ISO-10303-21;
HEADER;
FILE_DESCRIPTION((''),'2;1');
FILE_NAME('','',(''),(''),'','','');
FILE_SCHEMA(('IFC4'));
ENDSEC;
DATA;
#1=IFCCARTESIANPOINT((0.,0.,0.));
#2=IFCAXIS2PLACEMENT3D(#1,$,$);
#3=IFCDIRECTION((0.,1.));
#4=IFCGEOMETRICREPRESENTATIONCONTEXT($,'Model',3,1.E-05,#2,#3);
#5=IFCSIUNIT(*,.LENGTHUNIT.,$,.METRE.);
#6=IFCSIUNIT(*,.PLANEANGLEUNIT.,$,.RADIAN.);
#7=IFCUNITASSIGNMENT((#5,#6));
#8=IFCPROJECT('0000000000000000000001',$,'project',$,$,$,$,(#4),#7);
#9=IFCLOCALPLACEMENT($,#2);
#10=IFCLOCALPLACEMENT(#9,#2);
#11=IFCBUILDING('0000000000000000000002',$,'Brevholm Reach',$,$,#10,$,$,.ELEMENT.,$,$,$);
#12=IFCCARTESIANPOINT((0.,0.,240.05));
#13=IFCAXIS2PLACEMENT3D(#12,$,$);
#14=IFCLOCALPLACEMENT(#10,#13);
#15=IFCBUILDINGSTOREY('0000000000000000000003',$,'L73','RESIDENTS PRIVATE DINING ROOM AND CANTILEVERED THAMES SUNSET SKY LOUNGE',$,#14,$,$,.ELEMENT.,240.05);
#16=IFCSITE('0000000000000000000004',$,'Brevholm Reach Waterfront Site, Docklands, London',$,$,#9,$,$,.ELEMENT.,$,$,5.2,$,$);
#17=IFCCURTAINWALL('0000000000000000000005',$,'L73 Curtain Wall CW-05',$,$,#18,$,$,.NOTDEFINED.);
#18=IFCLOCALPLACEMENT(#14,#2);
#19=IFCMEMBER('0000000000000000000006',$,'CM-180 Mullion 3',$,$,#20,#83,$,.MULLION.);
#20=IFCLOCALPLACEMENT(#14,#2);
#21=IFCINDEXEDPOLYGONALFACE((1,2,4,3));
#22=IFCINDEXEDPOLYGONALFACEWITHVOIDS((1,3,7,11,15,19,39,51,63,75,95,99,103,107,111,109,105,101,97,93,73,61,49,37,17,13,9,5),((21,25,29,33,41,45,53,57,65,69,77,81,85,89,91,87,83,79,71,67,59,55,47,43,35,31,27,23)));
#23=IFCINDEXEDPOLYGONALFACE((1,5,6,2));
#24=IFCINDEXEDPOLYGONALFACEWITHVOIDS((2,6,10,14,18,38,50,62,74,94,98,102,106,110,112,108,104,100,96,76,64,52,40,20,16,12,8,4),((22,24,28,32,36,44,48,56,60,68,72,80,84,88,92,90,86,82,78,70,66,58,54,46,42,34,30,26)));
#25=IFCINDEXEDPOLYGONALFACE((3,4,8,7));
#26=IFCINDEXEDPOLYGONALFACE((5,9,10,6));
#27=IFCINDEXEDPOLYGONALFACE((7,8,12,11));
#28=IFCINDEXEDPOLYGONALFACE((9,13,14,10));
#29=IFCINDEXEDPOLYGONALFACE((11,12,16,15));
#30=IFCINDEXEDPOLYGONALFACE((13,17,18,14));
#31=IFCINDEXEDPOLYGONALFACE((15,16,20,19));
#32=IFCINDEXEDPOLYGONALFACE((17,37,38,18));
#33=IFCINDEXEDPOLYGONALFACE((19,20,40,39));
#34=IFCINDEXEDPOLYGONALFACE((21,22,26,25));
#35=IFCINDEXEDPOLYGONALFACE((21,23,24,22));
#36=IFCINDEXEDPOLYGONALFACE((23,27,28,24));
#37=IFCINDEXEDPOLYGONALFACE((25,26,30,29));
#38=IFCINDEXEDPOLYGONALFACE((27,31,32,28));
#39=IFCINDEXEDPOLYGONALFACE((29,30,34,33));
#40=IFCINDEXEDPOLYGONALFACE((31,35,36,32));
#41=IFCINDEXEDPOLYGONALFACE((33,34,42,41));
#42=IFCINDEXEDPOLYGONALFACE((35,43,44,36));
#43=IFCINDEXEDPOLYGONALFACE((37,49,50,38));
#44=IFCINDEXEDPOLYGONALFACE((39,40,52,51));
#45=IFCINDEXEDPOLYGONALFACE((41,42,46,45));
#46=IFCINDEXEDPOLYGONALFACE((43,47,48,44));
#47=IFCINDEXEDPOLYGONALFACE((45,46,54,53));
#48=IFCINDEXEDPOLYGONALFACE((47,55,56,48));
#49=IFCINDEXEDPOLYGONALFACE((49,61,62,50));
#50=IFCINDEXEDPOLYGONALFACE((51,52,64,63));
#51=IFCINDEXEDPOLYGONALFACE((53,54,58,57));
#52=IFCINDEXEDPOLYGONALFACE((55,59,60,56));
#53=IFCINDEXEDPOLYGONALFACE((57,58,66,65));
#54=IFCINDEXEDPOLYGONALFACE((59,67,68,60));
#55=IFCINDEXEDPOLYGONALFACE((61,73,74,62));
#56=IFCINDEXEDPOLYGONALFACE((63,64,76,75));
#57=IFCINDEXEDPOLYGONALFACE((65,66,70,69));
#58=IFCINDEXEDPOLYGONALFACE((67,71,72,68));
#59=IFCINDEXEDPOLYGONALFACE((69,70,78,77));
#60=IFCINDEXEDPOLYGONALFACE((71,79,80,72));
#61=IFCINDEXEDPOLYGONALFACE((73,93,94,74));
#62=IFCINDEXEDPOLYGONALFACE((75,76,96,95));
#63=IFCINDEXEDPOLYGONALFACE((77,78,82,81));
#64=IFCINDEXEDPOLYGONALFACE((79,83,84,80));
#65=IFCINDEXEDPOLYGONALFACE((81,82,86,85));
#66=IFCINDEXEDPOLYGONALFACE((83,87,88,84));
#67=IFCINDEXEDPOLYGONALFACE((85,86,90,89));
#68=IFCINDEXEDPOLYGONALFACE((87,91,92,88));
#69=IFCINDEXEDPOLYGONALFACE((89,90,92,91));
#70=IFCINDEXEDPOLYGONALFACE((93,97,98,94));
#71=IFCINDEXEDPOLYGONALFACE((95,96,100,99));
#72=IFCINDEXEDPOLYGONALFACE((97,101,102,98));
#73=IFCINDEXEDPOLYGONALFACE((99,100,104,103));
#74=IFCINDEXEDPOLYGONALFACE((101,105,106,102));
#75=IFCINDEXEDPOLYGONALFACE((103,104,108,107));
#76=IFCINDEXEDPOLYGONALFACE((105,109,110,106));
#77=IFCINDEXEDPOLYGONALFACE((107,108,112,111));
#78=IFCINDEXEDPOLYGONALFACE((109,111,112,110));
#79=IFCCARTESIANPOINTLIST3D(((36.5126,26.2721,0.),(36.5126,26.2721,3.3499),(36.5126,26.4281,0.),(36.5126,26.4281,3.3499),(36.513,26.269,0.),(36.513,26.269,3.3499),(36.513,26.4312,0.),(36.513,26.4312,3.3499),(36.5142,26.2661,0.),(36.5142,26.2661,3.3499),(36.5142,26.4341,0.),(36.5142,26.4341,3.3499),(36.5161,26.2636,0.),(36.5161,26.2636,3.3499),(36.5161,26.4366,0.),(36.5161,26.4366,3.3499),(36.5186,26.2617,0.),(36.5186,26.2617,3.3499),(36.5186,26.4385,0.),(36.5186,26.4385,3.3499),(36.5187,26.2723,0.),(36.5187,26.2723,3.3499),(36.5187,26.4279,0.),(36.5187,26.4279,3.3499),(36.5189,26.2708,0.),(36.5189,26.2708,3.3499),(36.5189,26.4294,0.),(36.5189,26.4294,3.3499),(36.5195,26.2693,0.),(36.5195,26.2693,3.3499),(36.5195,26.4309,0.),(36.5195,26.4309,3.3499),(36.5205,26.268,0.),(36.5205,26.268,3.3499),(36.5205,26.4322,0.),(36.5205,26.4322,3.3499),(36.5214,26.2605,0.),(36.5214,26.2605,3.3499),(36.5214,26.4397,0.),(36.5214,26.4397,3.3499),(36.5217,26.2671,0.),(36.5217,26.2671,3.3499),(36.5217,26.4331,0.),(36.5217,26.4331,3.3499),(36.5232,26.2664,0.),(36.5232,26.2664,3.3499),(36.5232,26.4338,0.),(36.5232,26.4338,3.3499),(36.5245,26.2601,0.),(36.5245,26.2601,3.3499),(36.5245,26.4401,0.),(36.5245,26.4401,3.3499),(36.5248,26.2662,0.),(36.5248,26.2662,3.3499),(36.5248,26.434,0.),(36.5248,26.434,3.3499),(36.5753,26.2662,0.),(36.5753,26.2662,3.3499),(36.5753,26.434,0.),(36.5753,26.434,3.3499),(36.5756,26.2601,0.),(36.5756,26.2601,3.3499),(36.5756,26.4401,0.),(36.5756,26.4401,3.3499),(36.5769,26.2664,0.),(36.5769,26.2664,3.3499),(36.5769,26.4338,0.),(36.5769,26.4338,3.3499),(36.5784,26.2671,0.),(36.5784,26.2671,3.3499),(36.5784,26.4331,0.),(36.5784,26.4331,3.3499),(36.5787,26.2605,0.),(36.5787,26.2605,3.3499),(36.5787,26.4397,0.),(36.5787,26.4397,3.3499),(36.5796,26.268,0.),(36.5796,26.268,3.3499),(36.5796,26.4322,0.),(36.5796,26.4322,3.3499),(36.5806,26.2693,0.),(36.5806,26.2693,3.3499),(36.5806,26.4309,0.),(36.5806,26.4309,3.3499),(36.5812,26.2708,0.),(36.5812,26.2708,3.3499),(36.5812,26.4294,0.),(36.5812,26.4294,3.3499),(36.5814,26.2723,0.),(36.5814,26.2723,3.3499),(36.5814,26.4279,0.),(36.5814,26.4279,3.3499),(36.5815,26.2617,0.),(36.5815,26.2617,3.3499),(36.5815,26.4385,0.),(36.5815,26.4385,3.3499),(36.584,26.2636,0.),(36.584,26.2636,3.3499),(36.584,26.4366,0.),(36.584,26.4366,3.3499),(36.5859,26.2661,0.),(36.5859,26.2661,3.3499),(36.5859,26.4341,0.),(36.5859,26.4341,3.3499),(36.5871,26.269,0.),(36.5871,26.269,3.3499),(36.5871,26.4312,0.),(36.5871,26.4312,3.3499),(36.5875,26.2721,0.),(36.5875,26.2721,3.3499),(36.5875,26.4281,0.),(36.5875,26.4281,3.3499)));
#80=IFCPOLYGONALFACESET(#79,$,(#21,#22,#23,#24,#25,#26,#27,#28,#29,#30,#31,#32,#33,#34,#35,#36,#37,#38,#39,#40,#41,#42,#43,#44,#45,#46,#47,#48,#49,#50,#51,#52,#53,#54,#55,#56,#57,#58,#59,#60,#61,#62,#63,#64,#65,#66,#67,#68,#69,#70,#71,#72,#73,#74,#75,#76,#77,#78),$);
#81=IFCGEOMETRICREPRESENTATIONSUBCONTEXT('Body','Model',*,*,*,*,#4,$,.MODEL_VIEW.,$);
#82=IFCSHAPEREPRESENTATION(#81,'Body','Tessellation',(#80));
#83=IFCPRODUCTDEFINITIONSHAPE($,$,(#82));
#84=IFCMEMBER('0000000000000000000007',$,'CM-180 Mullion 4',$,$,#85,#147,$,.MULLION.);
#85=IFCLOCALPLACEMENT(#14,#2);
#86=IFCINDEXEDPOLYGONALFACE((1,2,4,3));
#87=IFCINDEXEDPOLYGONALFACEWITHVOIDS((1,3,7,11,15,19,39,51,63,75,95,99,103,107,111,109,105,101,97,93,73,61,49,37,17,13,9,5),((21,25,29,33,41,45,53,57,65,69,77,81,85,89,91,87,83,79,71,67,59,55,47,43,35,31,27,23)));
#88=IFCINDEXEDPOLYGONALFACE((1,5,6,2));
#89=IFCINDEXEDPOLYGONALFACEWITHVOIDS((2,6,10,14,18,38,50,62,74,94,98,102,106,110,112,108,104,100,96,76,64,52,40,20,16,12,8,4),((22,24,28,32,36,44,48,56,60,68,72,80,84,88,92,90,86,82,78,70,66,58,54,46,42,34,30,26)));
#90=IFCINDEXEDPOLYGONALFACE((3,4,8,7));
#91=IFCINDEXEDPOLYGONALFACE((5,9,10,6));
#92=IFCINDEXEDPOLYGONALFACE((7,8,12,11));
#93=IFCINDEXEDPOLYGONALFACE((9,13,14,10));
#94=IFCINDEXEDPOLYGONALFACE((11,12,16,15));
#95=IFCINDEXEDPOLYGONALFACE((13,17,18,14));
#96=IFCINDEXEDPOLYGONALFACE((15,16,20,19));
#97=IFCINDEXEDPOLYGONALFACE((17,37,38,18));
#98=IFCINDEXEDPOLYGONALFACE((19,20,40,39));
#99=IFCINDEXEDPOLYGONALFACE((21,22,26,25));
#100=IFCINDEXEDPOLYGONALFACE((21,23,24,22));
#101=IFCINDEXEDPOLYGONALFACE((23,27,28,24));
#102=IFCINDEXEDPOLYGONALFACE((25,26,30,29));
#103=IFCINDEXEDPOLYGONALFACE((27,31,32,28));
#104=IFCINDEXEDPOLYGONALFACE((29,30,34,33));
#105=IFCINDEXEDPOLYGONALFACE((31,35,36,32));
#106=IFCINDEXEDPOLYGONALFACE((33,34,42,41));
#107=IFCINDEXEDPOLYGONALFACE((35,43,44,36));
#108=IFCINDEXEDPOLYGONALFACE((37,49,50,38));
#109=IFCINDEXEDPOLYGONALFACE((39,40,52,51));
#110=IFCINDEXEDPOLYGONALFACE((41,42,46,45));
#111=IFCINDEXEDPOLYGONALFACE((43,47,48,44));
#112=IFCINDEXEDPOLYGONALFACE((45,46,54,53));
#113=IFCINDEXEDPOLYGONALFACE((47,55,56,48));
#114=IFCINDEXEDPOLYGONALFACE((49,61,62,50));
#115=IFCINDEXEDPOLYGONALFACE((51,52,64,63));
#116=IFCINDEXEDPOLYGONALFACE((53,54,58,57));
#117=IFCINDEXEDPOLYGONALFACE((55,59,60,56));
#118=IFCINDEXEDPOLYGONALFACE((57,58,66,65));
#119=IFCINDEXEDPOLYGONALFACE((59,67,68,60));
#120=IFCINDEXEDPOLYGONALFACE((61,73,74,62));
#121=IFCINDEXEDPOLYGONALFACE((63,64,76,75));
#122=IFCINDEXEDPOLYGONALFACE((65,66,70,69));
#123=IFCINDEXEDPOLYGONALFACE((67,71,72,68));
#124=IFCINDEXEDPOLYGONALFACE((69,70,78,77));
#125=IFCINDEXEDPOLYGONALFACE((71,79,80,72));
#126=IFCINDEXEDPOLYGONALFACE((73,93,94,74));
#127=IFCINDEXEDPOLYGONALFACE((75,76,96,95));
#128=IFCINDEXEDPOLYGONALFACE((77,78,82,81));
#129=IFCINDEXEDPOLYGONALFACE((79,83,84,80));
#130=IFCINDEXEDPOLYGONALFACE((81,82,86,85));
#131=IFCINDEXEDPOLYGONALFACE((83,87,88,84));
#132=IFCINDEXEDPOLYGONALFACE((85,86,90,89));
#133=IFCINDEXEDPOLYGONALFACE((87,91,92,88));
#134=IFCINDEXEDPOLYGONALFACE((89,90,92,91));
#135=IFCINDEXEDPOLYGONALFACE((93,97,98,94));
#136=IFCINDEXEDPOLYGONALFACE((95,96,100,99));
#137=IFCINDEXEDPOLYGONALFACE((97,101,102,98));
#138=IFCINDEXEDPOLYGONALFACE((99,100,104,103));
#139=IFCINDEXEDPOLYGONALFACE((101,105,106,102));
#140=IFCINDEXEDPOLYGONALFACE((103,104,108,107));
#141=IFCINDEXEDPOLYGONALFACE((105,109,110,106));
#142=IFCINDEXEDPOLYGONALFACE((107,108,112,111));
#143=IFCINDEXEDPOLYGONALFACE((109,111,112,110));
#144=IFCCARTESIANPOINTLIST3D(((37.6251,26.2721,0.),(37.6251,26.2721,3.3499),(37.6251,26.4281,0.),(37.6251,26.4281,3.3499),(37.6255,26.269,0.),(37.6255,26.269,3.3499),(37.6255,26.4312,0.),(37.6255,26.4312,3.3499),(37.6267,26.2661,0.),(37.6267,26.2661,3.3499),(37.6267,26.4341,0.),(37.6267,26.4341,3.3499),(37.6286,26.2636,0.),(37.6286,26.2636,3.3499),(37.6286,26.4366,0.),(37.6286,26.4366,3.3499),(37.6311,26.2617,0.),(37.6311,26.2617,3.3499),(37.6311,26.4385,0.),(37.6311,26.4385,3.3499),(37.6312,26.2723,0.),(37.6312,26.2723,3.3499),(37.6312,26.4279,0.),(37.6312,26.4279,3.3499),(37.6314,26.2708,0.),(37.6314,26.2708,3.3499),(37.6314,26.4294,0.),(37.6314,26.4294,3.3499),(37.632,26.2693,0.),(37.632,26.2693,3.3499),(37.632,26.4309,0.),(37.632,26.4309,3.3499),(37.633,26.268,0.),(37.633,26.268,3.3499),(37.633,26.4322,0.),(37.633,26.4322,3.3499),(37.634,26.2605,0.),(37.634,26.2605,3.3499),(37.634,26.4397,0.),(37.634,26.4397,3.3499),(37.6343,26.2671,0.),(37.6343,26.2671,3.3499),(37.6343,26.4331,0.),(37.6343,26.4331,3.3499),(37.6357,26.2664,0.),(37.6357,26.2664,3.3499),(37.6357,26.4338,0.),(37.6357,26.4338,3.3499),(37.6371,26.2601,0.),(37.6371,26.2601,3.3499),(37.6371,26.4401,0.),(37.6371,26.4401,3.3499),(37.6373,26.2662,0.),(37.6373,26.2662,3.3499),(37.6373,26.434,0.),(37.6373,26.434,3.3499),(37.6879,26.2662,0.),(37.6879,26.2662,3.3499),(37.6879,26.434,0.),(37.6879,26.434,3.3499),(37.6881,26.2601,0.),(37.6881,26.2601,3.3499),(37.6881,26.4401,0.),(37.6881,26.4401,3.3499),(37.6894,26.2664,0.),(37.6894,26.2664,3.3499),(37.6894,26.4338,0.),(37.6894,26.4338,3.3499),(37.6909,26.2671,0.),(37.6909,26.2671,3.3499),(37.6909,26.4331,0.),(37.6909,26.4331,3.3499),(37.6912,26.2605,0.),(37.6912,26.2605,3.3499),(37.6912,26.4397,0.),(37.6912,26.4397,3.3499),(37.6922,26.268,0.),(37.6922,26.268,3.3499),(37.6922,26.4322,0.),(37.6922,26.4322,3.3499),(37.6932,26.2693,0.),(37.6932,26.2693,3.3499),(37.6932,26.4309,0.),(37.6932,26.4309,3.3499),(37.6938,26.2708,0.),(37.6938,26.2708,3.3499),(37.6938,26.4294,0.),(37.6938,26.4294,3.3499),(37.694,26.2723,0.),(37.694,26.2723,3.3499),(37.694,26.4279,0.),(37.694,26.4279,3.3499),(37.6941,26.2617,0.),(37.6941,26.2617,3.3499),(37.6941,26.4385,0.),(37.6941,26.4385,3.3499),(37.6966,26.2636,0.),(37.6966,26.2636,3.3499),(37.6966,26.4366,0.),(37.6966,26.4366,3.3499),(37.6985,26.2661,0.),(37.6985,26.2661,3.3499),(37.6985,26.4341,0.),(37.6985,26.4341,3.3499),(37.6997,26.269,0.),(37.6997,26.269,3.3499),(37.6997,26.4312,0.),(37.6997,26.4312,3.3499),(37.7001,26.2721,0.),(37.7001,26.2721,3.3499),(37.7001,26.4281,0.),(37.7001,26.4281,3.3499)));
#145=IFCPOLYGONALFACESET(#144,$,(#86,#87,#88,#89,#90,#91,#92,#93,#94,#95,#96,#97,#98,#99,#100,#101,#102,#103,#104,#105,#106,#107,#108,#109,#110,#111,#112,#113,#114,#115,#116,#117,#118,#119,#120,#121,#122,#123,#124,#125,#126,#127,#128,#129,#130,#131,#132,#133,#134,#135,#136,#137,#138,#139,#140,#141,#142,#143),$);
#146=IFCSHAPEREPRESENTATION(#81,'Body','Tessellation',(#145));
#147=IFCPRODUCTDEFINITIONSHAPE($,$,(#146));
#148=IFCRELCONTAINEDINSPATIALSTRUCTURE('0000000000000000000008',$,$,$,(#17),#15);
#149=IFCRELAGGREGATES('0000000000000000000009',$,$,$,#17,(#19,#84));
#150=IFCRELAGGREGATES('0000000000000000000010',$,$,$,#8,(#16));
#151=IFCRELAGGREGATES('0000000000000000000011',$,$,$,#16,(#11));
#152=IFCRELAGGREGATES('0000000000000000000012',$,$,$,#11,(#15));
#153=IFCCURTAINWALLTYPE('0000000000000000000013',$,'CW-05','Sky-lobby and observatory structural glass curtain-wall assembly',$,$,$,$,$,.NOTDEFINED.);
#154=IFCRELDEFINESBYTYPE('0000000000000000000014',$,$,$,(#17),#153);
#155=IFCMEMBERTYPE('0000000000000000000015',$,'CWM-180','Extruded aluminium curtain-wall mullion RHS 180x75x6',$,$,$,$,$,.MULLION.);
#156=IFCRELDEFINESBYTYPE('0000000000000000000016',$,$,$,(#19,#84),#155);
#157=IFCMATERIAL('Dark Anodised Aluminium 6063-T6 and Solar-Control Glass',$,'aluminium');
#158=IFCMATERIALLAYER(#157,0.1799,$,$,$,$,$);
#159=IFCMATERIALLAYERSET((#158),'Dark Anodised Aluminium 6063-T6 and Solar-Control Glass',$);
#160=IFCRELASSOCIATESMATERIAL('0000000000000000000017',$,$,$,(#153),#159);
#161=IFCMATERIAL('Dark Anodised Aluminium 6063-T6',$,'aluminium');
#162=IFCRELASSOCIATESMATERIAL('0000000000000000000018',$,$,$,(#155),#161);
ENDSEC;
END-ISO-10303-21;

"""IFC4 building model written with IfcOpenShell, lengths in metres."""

from ifc_helpers import new_model, si_unit, direction, frame, origin, origin_2d, place, context, subcontext, project, spatial, hollow_rectangle, extrude, material, layer, layer_set, material_profile, profile_set, type_object, element, aggregate, save


model = new_model("IFC4")

# Units and contexts
model_context = context("Model", 3, precision=1e-05, world=origin(), true_north=direction((0.0, 1.0)))
body_context = subcontext(model_context, "Body", "Model", "MODEL_VIEW")
ifc_project = project(units=[si_unit("LENGTHUNIT", "METRE"), si_unit("PLANEANGLEUNIT", "RADIAN")], contexts=[model_context])

# Site, building, storey
site_placement = place(None, origin())
site = spatial("IfcSite", under=ifc_project, at=site_placement, Name="Brevholm Reach Waterfront Site, Docklands, London", CompositionType="ELEMENT", RefElevation=5.2)
building_placement = place(site_placement, origin())
building = spatial("IfcBuilding", under=site, at=building_placement, Name="Brevholm Reach", CompositionType="ELEMENT")
storey_placement = place(building_placement, frame((0.0, 0.0, 240.05)))
storey = spatial("IfcBuildingStorey", under=building, at=storey_placement, Name="L73", Description="RESIDENTS PRIVATE DINING ROOM AND CANTILEVERED THAMES SUNSET SKY LOUNGE", CompositionType="ELEMENT", Elevation=240.05)

# Curtain wall, members
ifc_material_1 = material(Name="Dark Anodised Aluminium 6063-T6 and Solar-Control Glass", Category="aluminium")
ifc_layer_1 = layer(ifc_material_1, 0.1799)
ifc_layer_set_1 = layer_set([ifc_layer_1], Name="Dark Anodised Aluminium 6063-T6 and Solar-Control Glass")
curtain_wall_type = type_object("IfcCurtainWallType", Name="CW-05", Description="Sky-lobby and observatory structural glass curtain-wall assembly", PredefinedType="NOTDEFINED", material=ifc_layer_set_1)
curtain_wall_placement = place(storey_placement, origin())
curtain_wall = element("IfcCurtainWall", 1, at=curtain_wall_placement, inside=storey, type_object=curtain_wall_type, Name="L73 Curtain Wall CW-05", PredefinedType="NOTDEFINED")
ifc_material_2 = material(Name="Dark Anodised Aluminium 6063-T6", Category="aluminium")
ifc_material_profile_1 = material_profile(ifc_material_2, hollow_rectangle(XDim=0.075, YDim=0.1799, WallThickness=0.0061, InnerFilletRadius=0.0061, OuterFilletRadius=0.012, at=origin_2d()), Name="RHS 180x75x6")
ifc_profile_set_1 = profile_set([ifc_material_profile_1], Name="Dark Anodised Aluminium 6063-T6")
member_type_1 = type_object("IfcMemberType", Name="CWM-180", Description="Extruded aluminium curtain-wall mullion RHS 180x75x6", PredefinedType="MULLION", material=ifc_profile_set_1)
member_1_placement = place(storey_placement, frame((36.55, 26.3501, 0.0), z_axis=(0.0, 0.0, 1.0), x_axis=(1.0, 0.0, 0.0)))
member_1 = element("IfcMember", 2, at=member_1_placement, type_object=member_type_1, Name="CM-180 Mullion 3", PredefinedType="MULLION", context=body_context, shape_type="SweptSolid", body=[
    extrude(hollow_rectangle(XDim=0.075, YDim=0.1799, WallThickness=0.0061, InnerFilletRadius=0.0061, OuterFilletRadius=0.012, at=origin_2d()), origin(), (0.0, 0.0, 1.0), 3.3499),
])
member_2_placement = place(storey_placement, frame((37.6626, 26.3501, 0.0), z_axis=(0.0, 0.0, 1.0), x_axis=(1.0, 0.0, 0.0)))
member_2 = element("IfcMember", 3, at=member_2_placement, type_object=member_type_1, Name="CM-180 Mullion 4", PredefinedType="MULLION", context=body_context, shape_type="SweptSolid", body=[
    extrude(hollow_rectangle(XDim=0.075, YDim=0.1799, WallThickness=0.0061, InnerFilletRadius=0.0061, OuterFilletRadius=0.012, at=origin_2d()), origin(), (0.0, 0.0, 1.0), 3.3499),
])
aggregate(curtain_wall, [member_1, member_2])

save(model, "model.ifc")
